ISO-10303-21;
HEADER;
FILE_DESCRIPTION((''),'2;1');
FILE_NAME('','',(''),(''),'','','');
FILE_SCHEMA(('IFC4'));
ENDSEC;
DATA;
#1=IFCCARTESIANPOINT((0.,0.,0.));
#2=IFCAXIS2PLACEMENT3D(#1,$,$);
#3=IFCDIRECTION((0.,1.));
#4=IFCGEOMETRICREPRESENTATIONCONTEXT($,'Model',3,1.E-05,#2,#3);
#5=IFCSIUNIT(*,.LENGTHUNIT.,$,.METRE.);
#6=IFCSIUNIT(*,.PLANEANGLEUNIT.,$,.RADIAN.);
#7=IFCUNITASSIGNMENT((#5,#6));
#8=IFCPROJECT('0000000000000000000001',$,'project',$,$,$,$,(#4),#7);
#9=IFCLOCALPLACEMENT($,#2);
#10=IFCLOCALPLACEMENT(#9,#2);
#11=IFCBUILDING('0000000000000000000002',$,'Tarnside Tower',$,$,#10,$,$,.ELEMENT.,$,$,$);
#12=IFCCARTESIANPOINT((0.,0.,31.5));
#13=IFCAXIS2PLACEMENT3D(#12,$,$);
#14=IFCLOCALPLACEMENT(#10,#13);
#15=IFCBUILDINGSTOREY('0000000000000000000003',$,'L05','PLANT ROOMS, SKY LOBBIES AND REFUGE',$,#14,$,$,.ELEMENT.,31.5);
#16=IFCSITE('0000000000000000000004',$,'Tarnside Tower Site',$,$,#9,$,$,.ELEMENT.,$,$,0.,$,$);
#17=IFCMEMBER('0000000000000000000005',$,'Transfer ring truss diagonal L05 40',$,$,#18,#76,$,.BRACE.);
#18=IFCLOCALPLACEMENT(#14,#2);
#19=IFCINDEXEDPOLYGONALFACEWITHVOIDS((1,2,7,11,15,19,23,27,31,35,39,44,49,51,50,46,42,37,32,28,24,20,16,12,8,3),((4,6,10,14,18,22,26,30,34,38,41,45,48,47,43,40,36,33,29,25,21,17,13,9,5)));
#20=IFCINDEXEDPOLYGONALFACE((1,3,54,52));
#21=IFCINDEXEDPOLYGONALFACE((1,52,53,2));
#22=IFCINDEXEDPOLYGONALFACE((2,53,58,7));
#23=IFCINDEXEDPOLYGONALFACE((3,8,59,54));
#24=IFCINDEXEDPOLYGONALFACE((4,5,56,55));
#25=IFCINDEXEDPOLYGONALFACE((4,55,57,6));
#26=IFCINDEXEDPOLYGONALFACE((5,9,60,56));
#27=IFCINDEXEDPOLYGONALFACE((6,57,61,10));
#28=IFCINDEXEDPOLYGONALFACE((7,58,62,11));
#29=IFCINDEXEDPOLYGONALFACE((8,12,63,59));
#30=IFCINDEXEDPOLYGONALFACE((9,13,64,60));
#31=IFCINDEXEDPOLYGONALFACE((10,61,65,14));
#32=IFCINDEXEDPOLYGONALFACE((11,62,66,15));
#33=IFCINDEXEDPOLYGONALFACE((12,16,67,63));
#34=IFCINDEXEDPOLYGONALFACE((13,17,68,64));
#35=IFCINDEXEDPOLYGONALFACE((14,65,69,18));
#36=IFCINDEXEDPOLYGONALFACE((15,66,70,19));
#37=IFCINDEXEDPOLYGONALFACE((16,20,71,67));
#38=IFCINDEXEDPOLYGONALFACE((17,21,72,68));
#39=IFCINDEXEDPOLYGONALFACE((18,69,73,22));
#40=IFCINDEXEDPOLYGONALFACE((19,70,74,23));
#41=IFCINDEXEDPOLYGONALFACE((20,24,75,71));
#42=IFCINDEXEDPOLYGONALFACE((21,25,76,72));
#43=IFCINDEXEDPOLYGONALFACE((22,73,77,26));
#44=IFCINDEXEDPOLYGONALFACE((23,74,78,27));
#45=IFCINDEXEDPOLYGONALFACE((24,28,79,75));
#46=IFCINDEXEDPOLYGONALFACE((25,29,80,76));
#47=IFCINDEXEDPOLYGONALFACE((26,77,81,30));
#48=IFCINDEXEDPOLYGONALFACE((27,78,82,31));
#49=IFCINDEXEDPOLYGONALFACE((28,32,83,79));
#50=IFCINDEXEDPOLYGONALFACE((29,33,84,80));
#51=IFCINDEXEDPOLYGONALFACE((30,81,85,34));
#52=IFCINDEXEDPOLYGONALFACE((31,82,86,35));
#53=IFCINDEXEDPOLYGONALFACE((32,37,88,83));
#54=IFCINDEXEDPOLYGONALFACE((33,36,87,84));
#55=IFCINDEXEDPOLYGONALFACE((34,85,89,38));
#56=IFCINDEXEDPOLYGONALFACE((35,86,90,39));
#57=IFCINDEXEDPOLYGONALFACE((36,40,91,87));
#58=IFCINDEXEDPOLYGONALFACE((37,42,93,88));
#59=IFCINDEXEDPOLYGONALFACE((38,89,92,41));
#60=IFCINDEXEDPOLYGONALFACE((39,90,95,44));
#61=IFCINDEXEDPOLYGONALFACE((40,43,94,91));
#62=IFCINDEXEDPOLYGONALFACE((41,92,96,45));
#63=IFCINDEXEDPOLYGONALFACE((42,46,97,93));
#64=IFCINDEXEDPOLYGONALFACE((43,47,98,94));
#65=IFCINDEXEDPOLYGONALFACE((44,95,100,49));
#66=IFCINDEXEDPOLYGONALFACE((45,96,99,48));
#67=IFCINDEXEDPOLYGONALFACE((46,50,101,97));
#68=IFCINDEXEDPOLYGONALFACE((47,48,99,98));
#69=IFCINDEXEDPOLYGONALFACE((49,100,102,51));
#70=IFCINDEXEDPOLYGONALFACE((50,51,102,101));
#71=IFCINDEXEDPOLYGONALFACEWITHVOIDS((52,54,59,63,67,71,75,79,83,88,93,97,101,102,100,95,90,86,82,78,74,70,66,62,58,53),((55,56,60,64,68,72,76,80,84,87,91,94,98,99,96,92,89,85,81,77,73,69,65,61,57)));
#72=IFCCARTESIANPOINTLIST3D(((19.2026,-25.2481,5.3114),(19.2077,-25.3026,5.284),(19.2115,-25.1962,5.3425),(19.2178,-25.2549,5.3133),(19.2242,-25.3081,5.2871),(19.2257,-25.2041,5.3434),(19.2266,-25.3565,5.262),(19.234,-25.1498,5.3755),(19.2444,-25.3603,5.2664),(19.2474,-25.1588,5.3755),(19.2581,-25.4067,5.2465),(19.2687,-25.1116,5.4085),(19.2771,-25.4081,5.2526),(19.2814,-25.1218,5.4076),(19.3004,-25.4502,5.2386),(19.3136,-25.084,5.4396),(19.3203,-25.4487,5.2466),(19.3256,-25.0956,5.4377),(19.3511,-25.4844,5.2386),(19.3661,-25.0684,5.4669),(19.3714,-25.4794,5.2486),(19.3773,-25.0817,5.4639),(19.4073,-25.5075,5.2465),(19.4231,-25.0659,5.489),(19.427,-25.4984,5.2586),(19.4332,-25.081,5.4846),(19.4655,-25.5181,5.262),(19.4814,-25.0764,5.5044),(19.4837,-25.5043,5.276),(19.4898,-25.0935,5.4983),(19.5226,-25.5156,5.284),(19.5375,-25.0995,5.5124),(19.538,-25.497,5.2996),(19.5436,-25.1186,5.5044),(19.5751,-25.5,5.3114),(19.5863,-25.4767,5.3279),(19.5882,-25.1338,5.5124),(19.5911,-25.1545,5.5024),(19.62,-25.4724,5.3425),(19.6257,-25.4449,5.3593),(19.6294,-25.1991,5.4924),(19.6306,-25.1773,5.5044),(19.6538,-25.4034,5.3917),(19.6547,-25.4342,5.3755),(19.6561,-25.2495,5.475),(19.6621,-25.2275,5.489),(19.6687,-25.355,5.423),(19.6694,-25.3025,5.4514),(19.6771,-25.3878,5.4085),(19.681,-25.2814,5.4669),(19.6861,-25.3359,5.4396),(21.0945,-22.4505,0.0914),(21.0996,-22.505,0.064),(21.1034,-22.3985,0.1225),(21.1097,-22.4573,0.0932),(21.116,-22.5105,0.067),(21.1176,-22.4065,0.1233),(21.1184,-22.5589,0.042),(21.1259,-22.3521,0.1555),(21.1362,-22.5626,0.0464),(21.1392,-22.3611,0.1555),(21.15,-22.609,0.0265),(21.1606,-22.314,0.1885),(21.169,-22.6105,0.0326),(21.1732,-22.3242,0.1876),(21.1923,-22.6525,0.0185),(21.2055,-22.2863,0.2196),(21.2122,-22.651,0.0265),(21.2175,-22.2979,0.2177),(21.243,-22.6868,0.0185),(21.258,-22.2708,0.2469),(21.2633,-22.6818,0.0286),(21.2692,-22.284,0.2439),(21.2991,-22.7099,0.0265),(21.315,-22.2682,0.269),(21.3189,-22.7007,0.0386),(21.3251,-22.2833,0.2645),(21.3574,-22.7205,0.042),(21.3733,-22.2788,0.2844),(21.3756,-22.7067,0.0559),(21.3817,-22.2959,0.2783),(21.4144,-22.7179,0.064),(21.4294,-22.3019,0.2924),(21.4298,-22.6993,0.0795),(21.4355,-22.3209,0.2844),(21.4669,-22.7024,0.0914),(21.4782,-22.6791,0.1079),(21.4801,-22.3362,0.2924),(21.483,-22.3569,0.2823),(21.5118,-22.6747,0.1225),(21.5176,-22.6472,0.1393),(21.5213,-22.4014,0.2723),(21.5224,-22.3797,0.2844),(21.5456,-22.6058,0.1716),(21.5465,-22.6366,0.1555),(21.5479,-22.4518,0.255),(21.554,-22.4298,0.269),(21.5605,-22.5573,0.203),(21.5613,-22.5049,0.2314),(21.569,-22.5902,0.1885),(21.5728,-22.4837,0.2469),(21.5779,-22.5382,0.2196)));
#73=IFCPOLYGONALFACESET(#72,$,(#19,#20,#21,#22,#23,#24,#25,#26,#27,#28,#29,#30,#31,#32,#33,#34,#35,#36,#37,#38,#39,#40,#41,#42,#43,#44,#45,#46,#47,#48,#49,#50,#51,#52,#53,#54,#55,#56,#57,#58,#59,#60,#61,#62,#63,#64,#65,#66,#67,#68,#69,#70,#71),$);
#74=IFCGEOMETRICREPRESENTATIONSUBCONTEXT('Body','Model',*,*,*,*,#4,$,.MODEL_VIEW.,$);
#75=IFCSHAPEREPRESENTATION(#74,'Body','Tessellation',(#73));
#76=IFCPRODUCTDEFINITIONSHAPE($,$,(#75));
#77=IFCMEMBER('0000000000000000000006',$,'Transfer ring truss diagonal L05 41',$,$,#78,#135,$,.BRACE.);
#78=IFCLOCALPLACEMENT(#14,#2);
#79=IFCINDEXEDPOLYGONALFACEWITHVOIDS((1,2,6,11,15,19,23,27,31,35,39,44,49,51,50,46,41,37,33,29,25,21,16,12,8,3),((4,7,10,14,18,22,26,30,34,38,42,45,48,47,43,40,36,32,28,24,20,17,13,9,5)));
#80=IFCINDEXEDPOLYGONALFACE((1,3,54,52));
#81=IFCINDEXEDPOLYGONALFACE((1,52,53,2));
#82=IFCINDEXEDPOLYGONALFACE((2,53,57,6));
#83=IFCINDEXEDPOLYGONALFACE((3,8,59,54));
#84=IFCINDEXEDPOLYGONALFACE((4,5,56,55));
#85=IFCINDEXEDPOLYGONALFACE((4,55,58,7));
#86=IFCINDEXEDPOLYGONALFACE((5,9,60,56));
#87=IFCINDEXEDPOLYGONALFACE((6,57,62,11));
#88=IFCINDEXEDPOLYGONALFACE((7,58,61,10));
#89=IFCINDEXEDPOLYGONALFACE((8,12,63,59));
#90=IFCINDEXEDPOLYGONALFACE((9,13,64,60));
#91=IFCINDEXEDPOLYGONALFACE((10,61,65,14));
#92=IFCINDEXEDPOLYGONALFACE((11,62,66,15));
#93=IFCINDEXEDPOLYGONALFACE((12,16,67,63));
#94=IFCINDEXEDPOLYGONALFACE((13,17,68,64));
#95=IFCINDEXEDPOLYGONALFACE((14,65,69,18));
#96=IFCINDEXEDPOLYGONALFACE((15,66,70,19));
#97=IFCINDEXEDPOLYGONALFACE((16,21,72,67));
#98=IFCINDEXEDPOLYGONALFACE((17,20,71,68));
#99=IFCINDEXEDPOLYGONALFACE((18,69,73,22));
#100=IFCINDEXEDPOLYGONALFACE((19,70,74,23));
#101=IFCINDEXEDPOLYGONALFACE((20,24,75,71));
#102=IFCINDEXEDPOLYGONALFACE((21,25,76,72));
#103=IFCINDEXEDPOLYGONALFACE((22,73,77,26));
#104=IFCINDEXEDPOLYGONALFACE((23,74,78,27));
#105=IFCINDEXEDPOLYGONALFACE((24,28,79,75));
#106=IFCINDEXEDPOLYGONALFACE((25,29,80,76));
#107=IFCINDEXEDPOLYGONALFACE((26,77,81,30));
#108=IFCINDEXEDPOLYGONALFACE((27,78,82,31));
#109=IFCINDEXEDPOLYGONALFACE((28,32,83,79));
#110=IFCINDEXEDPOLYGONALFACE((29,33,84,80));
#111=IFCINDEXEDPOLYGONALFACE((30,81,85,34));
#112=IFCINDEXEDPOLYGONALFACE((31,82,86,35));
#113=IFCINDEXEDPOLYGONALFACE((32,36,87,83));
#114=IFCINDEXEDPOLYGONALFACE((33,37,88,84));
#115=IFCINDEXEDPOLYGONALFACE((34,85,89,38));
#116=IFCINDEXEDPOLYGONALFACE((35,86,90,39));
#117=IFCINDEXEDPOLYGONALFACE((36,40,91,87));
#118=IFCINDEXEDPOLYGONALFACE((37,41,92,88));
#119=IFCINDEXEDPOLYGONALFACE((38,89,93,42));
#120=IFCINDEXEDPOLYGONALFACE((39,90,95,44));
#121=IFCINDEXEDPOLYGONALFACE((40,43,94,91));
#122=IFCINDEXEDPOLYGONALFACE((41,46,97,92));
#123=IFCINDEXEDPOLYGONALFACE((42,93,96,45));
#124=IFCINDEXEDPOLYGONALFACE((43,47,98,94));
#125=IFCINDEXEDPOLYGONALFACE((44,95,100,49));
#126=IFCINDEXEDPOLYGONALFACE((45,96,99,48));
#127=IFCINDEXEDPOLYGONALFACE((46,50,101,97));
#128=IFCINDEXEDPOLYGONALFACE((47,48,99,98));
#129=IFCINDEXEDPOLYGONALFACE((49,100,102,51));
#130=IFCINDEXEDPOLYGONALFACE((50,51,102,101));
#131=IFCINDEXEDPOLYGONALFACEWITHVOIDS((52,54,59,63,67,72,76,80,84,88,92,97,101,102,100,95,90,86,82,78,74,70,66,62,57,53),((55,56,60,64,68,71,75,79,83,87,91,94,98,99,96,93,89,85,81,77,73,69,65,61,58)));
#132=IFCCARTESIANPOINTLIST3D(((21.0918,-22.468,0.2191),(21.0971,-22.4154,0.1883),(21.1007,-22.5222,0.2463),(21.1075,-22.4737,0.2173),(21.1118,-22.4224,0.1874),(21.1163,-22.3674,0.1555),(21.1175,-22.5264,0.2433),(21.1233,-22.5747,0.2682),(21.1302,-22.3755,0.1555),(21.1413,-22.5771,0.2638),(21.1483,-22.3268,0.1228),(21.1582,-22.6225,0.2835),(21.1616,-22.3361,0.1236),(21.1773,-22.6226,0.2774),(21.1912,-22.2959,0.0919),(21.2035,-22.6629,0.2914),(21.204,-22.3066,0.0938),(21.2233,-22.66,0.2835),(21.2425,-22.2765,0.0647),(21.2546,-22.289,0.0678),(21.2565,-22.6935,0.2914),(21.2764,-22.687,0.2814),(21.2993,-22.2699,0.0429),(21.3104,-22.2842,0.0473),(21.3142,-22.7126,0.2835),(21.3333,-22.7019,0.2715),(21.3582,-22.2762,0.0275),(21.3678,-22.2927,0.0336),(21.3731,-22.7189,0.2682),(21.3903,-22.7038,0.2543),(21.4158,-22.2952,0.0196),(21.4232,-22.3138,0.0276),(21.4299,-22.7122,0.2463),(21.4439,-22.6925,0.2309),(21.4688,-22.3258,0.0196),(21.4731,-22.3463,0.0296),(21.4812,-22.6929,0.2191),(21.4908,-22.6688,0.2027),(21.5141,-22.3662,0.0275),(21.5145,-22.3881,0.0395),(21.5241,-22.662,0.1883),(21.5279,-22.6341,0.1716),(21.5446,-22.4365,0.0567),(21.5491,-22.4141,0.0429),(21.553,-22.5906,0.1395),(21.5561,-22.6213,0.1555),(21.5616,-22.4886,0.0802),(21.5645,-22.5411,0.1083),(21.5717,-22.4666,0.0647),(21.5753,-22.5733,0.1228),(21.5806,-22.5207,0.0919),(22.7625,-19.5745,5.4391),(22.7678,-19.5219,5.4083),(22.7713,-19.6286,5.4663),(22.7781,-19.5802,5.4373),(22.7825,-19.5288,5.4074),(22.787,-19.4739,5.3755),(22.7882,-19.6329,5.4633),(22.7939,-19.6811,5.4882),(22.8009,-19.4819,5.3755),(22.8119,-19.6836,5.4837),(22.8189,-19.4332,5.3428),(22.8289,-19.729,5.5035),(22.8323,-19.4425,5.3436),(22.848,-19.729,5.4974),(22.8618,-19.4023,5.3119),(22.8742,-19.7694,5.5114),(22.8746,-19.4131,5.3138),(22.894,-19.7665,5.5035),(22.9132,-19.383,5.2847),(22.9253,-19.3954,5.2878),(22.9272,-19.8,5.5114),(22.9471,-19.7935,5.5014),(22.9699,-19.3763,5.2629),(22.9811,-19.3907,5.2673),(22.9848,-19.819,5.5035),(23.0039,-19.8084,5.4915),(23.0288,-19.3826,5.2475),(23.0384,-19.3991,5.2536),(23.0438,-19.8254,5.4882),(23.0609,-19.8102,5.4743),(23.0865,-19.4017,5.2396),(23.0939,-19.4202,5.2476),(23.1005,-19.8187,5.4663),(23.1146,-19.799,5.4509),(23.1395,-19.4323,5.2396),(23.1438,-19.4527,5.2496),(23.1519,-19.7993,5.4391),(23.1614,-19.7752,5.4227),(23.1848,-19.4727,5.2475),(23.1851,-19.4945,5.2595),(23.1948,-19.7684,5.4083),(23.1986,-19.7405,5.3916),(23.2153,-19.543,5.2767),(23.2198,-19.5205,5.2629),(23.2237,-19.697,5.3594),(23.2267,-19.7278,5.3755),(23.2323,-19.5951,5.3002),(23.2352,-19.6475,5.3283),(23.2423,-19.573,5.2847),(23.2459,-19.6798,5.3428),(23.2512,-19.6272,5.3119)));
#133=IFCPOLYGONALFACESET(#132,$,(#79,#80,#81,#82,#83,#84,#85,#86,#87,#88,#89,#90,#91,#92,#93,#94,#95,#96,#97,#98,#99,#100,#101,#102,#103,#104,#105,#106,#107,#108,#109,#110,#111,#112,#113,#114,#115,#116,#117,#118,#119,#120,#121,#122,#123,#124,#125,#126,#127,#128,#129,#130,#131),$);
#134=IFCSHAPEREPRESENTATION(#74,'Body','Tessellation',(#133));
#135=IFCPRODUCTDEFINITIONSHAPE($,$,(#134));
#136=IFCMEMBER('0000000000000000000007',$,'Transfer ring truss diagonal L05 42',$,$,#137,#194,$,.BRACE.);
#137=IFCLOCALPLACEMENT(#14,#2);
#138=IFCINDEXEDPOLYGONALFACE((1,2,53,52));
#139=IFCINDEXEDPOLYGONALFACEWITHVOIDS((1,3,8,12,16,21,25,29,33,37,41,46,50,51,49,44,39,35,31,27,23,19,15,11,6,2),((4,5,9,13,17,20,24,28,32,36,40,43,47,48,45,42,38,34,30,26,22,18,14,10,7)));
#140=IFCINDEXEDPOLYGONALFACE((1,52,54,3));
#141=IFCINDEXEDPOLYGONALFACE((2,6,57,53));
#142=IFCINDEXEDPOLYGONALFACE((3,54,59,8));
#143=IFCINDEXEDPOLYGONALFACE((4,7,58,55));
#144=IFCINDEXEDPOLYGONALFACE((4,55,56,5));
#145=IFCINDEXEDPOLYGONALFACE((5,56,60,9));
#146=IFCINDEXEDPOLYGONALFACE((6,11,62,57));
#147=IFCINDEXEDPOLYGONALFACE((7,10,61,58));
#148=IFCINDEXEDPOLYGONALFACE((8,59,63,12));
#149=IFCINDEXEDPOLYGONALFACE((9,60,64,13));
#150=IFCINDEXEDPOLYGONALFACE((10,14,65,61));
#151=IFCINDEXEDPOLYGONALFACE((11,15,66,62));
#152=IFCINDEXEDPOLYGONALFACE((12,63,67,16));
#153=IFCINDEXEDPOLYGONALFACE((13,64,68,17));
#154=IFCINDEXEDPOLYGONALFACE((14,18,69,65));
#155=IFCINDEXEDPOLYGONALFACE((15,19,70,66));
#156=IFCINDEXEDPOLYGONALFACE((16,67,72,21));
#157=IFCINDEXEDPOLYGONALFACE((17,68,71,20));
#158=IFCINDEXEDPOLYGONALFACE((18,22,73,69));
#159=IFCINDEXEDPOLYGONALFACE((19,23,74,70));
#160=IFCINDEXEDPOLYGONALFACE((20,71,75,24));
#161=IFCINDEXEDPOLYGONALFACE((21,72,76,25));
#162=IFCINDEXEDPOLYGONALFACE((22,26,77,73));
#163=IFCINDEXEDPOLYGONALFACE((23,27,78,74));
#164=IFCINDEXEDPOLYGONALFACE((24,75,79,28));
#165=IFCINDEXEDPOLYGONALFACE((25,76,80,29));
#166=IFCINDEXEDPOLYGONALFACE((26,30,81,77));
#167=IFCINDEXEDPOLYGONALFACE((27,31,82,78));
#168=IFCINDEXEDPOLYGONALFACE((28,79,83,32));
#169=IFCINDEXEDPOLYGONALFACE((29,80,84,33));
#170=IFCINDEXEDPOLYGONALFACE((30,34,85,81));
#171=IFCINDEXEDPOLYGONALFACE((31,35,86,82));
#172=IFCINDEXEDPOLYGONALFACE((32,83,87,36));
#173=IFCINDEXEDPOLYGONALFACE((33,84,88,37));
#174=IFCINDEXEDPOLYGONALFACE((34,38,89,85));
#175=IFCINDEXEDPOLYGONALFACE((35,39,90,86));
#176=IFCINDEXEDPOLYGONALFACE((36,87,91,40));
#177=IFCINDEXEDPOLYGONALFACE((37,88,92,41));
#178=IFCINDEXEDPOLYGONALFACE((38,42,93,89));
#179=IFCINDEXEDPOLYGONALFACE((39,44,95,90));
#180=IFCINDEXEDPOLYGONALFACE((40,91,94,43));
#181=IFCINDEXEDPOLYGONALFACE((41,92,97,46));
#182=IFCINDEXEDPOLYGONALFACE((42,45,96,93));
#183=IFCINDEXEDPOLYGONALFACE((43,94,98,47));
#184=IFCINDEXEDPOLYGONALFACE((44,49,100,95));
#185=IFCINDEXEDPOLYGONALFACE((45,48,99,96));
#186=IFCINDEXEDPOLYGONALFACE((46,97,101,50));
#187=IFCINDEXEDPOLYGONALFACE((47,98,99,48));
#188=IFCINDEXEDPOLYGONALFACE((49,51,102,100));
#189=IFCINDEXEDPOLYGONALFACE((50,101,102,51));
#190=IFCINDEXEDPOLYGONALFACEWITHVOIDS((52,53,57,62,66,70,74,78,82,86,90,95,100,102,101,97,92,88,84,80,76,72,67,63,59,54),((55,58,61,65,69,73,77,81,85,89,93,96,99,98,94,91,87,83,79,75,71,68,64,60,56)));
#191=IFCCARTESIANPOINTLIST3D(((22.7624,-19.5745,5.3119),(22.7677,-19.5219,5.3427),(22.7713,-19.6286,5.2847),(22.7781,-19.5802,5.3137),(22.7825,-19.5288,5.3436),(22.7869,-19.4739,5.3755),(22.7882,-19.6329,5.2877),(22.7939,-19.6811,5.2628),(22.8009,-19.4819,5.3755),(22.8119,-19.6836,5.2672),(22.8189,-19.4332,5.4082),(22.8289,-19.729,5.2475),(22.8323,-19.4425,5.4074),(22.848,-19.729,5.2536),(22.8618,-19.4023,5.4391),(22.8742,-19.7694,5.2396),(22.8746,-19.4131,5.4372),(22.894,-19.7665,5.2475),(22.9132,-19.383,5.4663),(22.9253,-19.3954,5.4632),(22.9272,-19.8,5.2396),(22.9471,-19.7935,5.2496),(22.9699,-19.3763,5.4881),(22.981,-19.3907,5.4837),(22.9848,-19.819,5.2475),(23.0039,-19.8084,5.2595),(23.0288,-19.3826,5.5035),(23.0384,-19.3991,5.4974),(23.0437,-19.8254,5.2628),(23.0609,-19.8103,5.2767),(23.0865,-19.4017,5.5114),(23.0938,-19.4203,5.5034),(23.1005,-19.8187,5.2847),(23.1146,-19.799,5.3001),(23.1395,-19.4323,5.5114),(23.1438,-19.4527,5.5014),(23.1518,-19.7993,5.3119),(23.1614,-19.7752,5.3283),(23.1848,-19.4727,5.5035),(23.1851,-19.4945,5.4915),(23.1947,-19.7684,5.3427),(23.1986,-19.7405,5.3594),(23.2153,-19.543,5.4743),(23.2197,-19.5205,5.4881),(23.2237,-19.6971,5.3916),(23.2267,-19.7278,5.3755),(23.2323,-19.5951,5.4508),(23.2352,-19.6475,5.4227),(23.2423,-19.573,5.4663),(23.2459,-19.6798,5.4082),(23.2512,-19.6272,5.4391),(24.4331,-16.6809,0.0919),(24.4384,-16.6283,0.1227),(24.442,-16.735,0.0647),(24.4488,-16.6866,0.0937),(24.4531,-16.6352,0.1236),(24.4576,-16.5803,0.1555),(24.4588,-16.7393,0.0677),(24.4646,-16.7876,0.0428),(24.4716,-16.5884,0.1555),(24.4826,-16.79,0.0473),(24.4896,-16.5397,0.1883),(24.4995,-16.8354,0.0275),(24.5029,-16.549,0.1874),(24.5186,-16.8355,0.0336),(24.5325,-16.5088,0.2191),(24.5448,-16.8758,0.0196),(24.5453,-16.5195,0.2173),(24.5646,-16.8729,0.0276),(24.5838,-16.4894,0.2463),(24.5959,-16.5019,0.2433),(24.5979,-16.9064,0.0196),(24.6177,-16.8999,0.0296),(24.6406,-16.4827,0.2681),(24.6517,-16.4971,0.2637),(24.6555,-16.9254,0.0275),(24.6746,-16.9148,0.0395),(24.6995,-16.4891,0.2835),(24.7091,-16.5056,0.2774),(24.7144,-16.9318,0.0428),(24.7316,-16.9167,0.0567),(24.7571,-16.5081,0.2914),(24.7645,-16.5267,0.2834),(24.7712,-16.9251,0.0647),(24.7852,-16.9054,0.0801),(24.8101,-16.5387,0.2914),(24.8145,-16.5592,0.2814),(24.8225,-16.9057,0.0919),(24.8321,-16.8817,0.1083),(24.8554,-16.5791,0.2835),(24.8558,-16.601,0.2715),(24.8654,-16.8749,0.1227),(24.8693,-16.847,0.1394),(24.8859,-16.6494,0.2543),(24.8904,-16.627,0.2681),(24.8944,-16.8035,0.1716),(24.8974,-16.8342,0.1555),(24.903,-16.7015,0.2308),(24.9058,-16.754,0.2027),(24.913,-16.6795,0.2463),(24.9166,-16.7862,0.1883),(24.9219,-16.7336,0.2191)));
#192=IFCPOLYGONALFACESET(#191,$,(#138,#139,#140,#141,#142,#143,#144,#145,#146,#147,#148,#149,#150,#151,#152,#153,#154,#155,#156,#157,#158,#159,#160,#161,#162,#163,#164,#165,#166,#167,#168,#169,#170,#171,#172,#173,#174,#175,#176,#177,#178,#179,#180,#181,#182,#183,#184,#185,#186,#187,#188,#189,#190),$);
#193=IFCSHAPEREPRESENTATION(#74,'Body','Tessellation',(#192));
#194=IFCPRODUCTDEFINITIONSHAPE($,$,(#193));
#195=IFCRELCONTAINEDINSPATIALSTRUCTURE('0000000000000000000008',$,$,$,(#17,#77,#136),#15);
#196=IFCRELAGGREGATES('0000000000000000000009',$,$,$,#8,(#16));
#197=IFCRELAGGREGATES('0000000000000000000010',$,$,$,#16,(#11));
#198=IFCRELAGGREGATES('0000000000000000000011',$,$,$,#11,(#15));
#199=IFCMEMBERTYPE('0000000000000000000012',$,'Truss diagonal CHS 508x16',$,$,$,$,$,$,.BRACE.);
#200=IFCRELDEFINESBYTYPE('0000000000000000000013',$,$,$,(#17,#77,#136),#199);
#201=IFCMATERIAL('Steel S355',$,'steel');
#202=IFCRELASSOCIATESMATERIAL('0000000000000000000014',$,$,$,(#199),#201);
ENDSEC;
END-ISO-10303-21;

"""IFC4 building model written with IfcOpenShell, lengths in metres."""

from ifc_helpers import new_model, si_unit, direction, frame, origin, origin_2d, place, context, subcontext, project, spatial, hollow_circle, extrude, material, material_profile, profile_set, type_object, element, save


model = new_model("IFC4")

# Units and contexts
model_context = context("Model", 3, precision=1e-05, world=origin(), true_north=direction((0.0, 1.0)))
body_context = subcontext(model_context, "Body", "Model", "MODEL_VIEW")
ifc_project = project(units=[si_unit("LENGTHUNIT", "METRE"), si_unit("PLANEANGLEUNIT", "RADIAN")], contexts=[model_context])

# Site, building, storey
site_placement = place(None, origin())
site = spatial("IfcSite", under=ifc_project, at=site_placement, Name="Tarnside Tower Site", CompositionType="ELEMENT", RefElevation=0.0)
building_placement = place(site_placement, origin())
building = spatial("IfcBuilding", under=site, at=building_placement, Name="Tarnside Tower", CompositionType="ELEMENT")
storey_placement = place(building_placement, frame((0.0, 0.0, 31.5)))
storey = spatial("IfcBuildingStorey", under=building, at=storey_placement, Name="L05", Description="PLANT ROOMS, SKY LOBBIES AND REFUGE", CompositionType="ELEMENT", Elevation=31.5)

# Shared definitions
ifc_material_1 = material(Name="Steel S355", Category="steel")

# Members
ifc_material_profile_1 = material_profile(ifc_material_1, hollow_circle(Radius=0.2539, WallThickness=0.0161, at=origin_2d()), Name="CHS 508x16")
ifc_profile_set_1 = profile_set([ifc_material_profile_1], Name="Steel S355")
member_type_1 = type_object("IfcMemberType", Name="Truss diagonal CHS 508x16", PredefinedType="BRACE", material=ifc_profile_set_1)
for number, where, z_axis, x_axis, name in (
    (1, (19.4443, -25.292, 5.3755), (0.304291, 0.449977, -0.839599), (-0.828373, 0.560177, 0.0), "Transfer ring truss diagonal L05 40"),
):
    element("IfcMember", number, at=place(storey_placement, frame(where, z_axis=z_axis, x_axis=x_axis)), inside=storey, type_object=member_type_1, Name=name, PredefinedType="BRACE", context=body_context, shape_type="SweptSolid", body=[
        extrude(hollow_circle(Radius=0.2539, WallThickness=0.0161, at=origin_2d()), origin(), (0.0, 0.0, 1.0), 6.2173),
    ])
for number, where, z_axis, x_axis, name in (
    (2, (21.3362, -22.4944, 0.1555), (0.269559, 0.466873, 0.842239), (-0.866018, 0.500013, 0.0), "Transfer ring truss diagonal L05 41"),
    (3, (23.0068, -19.6008, 5.3755), (0.269559, 0.466873, -0.842239), (-0.866018, 0.500013, 0.0), "Transfer ring truss diagonal L05 42"),
):
    element("IfcMember", number, at=place(storey_placement, frame(where, z_axis=z_axis, x_axis=x_axis)), inside=storey, type_object=member_type_1, Name=name, PredefinedType="BRACE", context=body_context, shape_type="SweptSolid", body=[
        extrude(hollow_circle(Radius=0.2539, WallThickness=0.0161, at=origin_2d()), origin(), (0.0, 0.0, 1.0), 6.1978),
    ])

save(model, "model.ifc")
